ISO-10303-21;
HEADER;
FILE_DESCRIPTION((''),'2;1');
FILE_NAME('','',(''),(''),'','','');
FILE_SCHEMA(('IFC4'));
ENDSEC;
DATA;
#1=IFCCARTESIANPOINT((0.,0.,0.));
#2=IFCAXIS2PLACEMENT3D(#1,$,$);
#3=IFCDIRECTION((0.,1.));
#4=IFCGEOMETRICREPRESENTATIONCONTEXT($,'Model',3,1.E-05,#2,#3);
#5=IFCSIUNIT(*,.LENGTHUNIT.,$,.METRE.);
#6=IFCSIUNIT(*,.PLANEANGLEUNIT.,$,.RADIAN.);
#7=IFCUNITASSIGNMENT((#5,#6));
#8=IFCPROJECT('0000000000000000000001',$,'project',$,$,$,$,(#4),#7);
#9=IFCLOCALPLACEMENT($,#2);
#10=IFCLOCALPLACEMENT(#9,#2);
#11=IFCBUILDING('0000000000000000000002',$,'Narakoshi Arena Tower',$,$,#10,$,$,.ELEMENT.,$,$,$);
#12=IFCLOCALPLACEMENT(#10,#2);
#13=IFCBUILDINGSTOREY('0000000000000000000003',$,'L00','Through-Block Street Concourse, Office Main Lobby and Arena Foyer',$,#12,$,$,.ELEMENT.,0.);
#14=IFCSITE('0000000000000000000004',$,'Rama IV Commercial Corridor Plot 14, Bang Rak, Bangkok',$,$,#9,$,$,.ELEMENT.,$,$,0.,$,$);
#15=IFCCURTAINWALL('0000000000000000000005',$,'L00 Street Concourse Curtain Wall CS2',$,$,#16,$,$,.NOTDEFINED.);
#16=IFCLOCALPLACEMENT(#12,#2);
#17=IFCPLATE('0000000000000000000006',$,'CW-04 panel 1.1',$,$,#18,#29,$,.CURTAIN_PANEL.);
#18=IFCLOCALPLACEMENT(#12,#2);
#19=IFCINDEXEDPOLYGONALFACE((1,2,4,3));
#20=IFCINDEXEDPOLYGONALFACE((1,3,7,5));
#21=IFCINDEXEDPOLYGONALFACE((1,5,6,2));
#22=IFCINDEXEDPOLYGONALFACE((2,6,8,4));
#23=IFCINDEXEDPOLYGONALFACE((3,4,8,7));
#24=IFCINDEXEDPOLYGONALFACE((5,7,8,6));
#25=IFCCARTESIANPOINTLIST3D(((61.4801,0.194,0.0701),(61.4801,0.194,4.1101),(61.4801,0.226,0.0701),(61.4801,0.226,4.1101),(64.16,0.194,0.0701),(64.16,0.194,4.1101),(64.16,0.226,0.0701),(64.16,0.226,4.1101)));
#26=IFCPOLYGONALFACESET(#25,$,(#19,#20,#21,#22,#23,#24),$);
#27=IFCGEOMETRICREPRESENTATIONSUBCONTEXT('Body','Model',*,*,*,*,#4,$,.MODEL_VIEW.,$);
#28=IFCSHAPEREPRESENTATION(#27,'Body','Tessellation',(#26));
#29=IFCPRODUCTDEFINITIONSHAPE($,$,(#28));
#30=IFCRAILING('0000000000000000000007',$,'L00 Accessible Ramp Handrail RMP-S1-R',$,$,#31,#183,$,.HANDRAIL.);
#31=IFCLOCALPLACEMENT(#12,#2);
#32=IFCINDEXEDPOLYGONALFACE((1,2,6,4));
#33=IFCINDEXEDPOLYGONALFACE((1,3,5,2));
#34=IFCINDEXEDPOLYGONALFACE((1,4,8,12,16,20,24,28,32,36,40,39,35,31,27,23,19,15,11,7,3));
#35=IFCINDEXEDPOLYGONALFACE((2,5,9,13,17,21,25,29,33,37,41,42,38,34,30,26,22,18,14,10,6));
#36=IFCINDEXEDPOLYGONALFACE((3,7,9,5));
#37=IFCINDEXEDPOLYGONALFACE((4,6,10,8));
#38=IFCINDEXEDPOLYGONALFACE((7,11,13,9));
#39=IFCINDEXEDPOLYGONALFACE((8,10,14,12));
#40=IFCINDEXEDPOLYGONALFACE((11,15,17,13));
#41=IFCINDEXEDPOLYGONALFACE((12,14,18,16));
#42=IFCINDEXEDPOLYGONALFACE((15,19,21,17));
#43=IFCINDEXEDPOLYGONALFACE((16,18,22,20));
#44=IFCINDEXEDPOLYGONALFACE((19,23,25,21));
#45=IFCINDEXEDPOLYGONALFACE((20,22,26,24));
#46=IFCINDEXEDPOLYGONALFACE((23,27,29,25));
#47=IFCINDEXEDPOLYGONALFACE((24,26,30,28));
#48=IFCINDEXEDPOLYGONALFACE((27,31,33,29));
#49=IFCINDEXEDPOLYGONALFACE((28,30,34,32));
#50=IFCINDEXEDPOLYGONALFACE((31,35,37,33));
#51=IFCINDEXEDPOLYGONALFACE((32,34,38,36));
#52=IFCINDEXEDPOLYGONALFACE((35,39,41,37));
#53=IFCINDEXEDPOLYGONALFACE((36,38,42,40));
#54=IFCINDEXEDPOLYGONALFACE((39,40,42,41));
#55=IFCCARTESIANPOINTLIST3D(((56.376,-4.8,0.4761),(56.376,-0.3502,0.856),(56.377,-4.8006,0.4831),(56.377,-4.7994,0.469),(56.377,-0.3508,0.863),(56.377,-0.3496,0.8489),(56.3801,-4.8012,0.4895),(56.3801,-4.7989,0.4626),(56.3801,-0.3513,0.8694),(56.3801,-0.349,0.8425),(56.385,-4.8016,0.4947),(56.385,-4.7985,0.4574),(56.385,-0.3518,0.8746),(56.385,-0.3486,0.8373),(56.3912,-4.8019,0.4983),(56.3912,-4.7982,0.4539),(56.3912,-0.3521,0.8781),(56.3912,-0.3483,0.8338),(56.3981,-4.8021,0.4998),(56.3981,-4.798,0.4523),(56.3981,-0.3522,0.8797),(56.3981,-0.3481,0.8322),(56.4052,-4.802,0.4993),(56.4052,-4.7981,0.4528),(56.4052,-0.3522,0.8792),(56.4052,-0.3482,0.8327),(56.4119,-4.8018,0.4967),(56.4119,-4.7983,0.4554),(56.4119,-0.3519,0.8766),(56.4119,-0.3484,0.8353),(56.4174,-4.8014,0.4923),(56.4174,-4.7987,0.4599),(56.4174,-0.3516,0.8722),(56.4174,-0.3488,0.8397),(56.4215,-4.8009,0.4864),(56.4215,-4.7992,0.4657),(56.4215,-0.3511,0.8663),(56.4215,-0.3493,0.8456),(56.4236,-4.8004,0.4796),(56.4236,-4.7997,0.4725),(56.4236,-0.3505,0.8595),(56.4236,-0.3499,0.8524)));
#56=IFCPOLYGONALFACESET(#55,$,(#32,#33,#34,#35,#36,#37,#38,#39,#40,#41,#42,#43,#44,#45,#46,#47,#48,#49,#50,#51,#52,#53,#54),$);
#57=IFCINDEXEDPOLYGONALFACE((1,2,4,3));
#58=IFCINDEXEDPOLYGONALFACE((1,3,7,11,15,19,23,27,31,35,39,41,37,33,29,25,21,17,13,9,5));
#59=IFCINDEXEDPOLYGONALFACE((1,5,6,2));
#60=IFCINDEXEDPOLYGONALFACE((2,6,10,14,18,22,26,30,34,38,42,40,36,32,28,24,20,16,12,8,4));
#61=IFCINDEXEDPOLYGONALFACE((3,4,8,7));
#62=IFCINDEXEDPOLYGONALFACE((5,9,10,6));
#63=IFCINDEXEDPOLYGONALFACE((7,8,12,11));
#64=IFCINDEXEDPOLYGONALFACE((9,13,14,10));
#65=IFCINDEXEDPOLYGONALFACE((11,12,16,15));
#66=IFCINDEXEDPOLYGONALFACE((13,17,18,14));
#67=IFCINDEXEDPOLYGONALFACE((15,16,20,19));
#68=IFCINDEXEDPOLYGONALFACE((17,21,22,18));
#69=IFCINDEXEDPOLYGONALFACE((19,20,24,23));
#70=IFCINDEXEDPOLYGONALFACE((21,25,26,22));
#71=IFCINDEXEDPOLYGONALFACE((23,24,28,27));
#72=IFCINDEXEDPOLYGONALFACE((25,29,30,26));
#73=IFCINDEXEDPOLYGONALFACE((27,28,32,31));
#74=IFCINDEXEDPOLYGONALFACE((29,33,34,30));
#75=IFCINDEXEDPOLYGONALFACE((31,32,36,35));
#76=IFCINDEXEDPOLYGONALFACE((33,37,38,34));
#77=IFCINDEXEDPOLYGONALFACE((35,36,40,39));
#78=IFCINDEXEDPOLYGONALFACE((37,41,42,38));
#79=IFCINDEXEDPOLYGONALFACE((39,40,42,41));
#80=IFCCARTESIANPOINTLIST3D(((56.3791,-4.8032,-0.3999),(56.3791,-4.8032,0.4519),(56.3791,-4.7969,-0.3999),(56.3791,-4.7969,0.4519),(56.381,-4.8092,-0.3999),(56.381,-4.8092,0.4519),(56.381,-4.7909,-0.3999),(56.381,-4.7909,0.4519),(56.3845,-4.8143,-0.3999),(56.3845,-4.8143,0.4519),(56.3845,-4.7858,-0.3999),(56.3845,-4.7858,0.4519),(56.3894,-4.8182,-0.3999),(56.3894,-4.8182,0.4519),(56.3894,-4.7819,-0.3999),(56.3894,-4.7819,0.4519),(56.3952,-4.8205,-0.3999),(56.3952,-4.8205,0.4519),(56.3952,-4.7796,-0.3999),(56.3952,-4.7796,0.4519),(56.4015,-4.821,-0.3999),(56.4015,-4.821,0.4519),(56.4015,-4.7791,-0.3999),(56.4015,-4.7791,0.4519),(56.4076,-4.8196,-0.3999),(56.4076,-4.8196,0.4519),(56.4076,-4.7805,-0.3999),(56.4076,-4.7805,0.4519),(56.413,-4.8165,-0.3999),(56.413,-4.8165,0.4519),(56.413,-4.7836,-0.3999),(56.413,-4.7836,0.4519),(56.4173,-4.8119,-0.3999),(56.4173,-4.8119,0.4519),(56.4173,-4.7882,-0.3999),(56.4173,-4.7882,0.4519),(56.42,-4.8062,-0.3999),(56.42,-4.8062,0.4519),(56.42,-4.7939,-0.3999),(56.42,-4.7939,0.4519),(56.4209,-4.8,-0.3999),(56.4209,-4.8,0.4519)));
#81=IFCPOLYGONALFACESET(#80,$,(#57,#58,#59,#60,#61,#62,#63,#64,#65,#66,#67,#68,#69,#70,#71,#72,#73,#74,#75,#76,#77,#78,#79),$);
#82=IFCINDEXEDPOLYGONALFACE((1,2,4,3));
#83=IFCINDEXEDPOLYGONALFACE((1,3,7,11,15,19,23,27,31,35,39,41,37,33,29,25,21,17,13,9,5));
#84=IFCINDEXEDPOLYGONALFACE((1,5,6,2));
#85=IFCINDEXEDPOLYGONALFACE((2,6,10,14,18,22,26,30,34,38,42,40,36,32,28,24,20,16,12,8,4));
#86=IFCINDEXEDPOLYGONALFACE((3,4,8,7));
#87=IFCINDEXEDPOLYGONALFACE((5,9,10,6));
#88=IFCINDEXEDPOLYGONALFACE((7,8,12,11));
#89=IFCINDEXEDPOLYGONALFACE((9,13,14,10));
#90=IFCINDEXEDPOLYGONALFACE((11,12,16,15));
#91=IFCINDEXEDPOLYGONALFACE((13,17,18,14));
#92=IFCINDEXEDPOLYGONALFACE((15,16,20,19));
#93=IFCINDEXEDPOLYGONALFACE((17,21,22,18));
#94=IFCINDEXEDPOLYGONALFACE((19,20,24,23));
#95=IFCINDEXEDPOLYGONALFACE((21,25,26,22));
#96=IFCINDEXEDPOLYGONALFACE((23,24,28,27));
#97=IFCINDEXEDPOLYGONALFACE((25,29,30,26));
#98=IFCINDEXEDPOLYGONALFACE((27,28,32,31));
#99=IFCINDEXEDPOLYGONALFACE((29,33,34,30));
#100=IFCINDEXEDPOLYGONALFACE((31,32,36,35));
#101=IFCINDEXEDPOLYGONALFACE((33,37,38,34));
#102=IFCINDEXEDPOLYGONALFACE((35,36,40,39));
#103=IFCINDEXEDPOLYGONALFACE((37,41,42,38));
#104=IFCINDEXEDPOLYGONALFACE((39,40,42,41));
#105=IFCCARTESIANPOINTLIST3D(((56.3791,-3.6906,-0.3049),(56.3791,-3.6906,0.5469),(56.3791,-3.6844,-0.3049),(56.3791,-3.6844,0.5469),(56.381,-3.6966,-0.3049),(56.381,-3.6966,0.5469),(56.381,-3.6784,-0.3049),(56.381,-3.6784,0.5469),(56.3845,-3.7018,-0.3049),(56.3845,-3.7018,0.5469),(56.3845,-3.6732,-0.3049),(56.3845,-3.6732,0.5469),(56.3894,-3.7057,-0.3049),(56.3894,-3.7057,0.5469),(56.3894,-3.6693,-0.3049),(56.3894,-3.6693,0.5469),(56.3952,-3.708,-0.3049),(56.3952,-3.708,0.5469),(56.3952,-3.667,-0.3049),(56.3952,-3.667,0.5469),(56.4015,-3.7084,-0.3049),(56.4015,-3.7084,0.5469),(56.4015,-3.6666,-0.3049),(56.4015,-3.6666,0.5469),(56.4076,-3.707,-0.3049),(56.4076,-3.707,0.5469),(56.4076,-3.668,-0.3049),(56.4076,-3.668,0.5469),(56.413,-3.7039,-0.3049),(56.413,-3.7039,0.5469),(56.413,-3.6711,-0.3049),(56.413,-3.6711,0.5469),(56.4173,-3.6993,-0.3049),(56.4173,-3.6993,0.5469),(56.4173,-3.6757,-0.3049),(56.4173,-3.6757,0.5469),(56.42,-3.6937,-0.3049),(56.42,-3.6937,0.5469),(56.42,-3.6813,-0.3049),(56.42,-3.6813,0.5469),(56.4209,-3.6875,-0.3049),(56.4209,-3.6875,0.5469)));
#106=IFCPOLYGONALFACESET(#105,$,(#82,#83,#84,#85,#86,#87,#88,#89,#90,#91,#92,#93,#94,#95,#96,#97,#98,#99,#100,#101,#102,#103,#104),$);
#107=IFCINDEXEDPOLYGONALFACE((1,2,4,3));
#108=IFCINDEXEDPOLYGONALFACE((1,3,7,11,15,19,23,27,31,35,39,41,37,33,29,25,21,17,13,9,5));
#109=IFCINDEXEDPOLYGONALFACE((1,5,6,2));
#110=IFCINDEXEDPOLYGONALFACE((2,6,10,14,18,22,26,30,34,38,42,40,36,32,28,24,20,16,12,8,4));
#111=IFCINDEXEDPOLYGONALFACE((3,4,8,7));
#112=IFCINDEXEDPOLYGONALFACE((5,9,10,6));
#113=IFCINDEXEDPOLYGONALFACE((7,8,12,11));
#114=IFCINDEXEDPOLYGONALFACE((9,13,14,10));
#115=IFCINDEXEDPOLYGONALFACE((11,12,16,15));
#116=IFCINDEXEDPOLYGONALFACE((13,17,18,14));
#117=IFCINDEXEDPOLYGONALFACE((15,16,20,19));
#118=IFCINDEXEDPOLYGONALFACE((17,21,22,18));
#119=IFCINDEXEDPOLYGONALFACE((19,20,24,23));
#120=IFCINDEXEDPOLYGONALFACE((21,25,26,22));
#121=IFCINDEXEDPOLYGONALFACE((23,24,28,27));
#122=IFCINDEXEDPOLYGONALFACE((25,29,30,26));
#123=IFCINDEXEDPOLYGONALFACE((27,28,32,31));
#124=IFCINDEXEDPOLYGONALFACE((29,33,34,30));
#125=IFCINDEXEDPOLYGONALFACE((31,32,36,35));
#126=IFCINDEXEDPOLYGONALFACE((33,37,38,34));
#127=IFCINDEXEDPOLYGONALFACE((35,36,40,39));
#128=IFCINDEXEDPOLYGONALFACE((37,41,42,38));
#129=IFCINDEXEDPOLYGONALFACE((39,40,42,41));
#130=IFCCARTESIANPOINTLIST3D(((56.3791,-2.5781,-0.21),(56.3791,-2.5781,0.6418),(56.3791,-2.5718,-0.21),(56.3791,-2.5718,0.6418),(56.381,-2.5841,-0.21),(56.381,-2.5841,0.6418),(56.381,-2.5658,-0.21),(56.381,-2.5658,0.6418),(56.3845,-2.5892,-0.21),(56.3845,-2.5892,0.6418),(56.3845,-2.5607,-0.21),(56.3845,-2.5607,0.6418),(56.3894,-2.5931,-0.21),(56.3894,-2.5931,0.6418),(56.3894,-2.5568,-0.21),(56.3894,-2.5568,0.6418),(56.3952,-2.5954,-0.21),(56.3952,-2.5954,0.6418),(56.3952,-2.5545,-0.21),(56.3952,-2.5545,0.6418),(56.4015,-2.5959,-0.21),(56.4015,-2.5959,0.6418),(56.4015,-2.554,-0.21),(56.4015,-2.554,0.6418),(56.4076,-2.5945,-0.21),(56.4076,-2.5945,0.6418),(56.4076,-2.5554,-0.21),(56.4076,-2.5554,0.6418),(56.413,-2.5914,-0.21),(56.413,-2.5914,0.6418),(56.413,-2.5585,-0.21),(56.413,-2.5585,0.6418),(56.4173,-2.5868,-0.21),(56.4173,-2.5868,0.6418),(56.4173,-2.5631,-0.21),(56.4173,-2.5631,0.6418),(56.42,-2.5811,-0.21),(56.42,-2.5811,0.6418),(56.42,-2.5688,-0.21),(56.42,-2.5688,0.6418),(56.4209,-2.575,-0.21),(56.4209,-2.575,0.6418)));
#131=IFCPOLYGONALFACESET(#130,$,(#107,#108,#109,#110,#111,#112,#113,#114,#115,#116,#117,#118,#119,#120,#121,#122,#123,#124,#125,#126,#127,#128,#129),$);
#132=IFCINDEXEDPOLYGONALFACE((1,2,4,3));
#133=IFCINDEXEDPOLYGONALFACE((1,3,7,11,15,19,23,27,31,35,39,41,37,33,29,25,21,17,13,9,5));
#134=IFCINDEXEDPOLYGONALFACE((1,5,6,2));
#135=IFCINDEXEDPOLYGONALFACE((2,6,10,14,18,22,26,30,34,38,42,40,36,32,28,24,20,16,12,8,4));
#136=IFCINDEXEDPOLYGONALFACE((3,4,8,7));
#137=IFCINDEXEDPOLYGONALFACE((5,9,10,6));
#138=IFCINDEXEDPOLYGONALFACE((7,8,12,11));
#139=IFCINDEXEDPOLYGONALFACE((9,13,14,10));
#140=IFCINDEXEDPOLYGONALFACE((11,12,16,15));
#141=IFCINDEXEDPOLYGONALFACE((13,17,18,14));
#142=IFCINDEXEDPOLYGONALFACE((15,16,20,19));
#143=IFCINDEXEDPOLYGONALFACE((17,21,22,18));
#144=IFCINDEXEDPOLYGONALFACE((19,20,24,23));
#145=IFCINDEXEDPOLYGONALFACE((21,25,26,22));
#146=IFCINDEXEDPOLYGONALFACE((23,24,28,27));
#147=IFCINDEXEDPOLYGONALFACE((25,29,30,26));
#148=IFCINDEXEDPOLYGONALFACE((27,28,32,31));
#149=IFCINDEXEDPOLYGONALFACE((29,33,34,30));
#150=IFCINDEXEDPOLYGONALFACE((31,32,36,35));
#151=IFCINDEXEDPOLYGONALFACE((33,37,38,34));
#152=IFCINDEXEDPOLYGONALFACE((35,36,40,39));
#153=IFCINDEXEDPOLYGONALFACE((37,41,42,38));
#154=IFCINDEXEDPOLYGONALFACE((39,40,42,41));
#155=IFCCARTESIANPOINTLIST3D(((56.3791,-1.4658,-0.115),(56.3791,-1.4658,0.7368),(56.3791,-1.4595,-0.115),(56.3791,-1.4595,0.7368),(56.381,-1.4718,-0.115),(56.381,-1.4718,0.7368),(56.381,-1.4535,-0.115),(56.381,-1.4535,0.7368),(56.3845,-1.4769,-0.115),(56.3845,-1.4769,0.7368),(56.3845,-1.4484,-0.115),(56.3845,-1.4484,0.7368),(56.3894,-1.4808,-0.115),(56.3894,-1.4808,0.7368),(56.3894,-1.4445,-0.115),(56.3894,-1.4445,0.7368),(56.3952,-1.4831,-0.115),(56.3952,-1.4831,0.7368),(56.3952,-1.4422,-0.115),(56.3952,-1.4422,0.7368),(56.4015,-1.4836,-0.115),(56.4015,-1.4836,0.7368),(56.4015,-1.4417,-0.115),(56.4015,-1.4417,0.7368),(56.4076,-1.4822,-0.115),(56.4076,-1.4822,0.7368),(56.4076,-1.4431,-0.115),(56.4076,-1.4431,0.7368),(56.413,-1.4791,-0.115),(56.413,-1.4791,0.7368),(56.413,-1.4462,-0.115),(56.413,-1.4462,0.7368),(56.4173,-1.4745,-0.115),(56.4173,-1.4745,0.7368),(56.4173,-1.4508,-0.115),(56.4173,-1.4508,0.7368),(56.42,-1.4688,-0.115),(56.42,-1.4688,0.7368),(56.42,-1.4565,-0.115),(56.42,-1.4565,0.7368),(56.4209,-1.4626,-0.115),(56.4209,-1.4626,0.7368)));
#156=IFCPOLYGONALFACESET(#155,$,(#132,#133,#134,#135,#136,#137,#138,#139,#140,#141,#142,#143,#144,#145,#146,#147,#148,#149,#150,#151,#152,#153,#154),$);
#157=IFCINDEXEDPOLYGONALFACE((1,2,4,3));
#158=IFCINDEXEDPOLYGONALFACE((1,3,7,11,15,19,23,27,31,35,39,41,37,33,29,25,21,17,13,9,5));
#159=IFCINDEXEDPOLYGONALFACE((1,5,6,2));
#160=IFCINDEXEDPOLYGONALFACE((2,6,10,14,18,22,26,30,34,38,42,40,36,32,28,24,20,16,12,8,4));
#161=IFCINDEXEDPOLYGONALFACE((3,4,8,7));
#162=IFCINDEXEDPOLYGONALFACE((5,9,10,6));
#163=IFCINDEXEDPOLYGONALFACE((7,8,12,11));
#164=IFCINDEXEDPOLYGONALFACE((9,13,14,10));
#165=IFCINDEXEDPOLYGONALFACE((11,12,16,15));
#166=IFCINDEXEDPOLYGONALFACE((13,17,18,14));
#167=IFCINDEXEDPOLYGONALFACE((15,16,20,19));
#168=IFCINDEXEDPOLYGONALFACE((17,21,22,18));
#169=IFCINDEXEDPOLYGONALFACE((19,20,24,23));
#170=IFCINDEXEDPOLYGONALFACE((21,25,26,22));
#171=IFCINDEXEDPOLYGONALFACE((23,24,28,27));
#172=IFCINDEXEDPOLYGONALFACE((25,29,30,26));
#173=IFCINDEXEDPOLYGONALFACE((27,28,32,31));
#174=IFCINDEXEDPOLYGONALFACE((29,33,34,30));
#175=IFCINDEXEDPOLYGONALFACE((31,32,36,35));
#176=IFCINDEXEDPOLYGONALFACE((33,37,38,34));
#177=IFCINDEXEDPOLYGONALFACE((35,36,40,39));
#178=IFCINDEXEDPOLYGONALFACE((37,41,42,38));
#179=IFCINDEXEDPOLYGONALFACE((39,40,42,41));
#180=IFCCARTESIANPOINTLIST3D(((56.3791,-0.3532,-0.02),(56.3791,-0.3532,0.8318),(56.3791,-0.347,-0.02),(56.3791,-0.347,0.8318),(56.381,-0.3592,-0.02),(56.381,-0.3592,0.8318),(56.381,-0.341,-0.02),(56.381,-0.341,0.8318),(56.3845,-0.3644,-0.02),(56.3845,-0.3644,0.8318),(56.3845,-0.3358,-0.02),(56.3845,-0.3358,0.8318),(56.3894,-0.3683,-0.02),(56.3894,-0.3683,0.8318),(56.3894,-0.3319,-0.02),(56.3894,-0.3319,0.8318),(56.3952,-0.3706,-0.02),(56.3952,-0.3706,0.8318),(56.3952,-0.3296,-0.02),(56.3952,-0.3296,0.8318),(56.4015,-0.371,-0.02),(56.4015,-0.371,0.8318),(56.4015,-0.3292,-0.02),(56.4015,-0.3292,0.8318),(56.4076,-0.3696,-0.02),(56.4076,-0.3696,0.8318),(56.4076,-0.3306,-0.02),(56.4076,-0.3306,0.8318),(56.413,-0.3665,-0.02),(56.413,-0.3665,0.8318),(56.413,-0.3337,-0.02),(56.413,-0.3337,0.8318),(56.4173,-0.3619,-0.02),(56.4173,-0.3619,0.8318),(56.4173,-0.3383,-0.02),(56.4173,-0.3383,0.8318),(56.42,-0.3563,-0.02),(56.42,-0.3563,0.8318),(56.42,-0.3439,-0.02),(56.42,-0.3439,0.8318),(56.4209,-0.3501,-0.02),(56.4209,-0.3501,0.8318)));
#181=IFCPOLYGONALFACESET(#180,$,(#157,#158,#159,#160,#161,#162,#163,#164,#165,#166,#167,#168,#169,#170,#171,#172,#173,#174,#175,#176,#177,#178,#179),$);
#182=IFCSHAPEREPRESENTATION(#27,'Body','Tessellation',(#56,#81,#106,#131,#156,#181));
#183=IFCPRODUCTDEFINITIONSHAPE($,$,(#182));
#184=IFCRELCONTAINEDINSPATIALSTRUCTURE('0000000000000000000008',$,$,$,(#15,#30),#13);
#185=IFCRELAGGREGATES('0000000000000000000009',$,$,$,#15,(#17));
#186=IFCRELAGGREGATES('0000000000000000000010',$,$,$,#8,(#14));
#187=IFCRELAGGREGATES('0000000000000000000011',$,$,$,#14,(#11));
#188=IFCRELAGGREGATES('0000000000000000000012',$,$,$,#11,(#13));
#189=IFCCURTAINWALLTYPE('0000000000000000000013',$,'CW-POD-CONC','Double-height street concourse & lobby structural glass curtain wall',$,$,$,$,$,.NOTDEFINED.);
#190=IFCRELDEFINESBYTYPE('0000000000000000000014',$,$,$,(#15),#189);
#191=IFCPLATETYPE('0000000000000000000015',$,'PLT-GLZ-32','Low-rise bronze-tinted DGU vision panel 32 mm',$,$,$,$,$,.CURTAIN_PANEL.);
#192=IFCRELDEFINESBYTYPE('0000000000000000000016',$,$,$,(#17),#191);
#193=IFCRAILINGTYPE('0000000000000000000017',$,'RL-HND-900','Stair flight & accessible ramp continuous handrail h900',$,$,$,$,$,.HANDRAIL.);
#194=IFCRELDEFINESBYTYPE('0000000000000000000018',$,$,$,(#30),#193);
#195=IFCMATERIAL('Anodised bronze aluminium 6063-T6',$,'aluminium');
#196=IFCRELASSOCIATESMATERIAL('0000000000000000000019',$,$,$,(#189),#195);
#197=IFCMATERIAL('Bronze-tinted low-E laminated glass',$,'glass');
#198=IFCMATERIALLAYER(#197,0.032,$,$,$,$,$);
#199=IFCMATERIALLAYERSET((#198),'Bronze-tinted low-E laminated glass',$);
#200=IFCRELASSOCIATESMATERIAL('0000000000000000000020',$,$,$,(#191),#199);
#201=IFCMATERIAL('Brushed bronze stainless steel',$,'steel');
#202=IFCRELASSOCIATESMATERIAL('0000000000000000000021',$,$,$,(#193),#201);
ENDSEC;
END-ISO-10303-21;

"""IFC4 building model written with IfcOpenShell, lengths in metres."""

from ifc_helpers import new_model, si_unit, direction, frame, origin, origin_2d, place, context, subcontext, project, spatial, rectangle, circle, extrude, material, layer, layer_set, type_object, element, aggregate, save


model = new_model("IFC4")

# Units and contexts
model_context = context("Model", 3, precision=1e-05, world=origin(), true_north=direction((0.0, 1.0)))
body_context = subcontext(model_context, "Body", "Model", "MODEL_VIEW")
ifc_project = project(units=[si_unit("LENGTHUNIT", "METRE"), si_unit("PLANEANGLEUNIT", "RADIAN")], contexts=[model_context])

# Site, building, storey
site_placement = place(None, origin())
site = spatial("IfcSite", under=ifc_project, at=site_placement, Name="Rama IV Commercial Corridor Plot 14, Bang Rak, Bangkok", CompositionType="ELEMENT", RefElevation=0.0)
building_placement = place(site_placement, origin())
building = spatial("IfcBuilding", under=site, at=building_placement, Name="Narakoshi Arena Tower", CompositionType="ELEMENT")
storey_placement = place(building_placement, origin())
storey = spatial("IfcBuildingStorey", under=building, at=storey_placement, Name="L00", Description="Through-Block Street Concourse, Office Main Lobby and Arena Foyer", CompositionType="ELEMENT", Elevation=0.0)

# Shared definitions
ifc_material_1 = material(Name="Anodised bronze aluminium 6063-T6", Category="aluminium")
curtain_wall_type = type_object("IfcCurtainWallType", Name="CW-POD-CONC", Description="Double-height street concourse & lobby structural glass curtain wall", PredefinedType="NOTDEFINED", material=ifc_material_1)

# Curtain wall
curtain_wall_1_placement = place(storey_placement, origin())
curtain_wall_1 = element("IfcCurtainWall", 1, at=curtain_wall_1_placement, inside=storey, type_object=curtain_wall_type, Name="L00 Street Concourse Curtain Wall CS2", PredefinedType="NOTDEFINED")

# Plate
ifc_material_2 = material(Name="Bronze-tinted low-E laminated glass", Category="glass")
ifc_layer_1 = layer(ifc_material_2, 0.032)
ifc_layer_set_1 = layer_set([ifc_layer_1], Name="Bronze-tinted low-E laminated glass")
plate_type = type_object("IfcPlateType", Name="PLT-GLZ-32", Description="Low-rise bronze-tinted DGU vision panel 32 mm", PredefinedType="CURTAIN_PANEL", material=ifc_layer_set_1)
plate_1_placement = place(storey_placement, frame((62.8201, 0.21, 0.0701), z_axis=(0.0, 0.0, 1.0), x_axis=(1.0, 0.0, 0.0)))
plate_1 = element("IfcPlate", 2, at=plate_1_placement, type_object=plate_type, Name="CW-04 panel 1.1", PredefinedType="CURTAIN_PANEL", context=body_context, shape_type="SweptSolid", body=[
    extrude(rectangle(XDim=2.6799, YDim=0.032, at=origin_2d()), origin(), (0.0, 0.0, 1.0), 4.04),
])
aggregate(curtain_wall_1, [plate_1])

# Railing
ifc_material_3 = material(Name="Brushed bronze stainless steel", Category="steel")
railing_type = type_object("IfcRailingType", Name="RL-HND-900", Description="Stair flight & accessible ramp continuous handrail h900", PredefinedType="HANDRAIL", material=ifc_material_3)
for number, where, name in (
    (3, (56.3999, -4.8, -0.3999), "L00 Accessible Ramp Handrail RMP-S1-R"),
):
    element("IfcRailing", number, at=place(storey_placement, frame(where)), inside=storey, type_object=railing_type, Name=name, PredefinedType="HANDRAIL", context=body_context, shape_type="SweptSolid", body=[
        extrude(circle(Radius=0.0239, at=origin_2d()), frame((0.0, 0.0, 0.876), z_axis=(0.0, 0.996376, 0.085058), x_axis=(-1.0, 0.0, 0.0)), (0.0, 0.0, 1.0), 4.4661),
        extrude(circle(Radius=0.021, at=origin_2d()), origin(), (0.0, 0.0, 1.0), 0.8518),
        extrude(circle(Radius=0.021, at=origin_2d()), frame((0.0, 1.1125, 0.095)), (0.0, 0.0, 1.0), 0.8518),
        extrude(circle(Radius=0.021, at=origin_2d()), frame((0.0, 2.2251, 0.1899)), (0.0, 0.0, 1.0), 0.8518),
        extrude(circle(Radius=0.021, at=origin_2d()), frame((0.0, 3.3374, 0.2849)), (0.0, 0.0, 1.0), 0.8518),
        extrude(circle(Radius=0.021, at=origin_2d()), frame((0.0, 4.45, 0.3799)), (0.0, 0.0, 1.0), 0.8518),
    ])

save(model, "model.ifc")
